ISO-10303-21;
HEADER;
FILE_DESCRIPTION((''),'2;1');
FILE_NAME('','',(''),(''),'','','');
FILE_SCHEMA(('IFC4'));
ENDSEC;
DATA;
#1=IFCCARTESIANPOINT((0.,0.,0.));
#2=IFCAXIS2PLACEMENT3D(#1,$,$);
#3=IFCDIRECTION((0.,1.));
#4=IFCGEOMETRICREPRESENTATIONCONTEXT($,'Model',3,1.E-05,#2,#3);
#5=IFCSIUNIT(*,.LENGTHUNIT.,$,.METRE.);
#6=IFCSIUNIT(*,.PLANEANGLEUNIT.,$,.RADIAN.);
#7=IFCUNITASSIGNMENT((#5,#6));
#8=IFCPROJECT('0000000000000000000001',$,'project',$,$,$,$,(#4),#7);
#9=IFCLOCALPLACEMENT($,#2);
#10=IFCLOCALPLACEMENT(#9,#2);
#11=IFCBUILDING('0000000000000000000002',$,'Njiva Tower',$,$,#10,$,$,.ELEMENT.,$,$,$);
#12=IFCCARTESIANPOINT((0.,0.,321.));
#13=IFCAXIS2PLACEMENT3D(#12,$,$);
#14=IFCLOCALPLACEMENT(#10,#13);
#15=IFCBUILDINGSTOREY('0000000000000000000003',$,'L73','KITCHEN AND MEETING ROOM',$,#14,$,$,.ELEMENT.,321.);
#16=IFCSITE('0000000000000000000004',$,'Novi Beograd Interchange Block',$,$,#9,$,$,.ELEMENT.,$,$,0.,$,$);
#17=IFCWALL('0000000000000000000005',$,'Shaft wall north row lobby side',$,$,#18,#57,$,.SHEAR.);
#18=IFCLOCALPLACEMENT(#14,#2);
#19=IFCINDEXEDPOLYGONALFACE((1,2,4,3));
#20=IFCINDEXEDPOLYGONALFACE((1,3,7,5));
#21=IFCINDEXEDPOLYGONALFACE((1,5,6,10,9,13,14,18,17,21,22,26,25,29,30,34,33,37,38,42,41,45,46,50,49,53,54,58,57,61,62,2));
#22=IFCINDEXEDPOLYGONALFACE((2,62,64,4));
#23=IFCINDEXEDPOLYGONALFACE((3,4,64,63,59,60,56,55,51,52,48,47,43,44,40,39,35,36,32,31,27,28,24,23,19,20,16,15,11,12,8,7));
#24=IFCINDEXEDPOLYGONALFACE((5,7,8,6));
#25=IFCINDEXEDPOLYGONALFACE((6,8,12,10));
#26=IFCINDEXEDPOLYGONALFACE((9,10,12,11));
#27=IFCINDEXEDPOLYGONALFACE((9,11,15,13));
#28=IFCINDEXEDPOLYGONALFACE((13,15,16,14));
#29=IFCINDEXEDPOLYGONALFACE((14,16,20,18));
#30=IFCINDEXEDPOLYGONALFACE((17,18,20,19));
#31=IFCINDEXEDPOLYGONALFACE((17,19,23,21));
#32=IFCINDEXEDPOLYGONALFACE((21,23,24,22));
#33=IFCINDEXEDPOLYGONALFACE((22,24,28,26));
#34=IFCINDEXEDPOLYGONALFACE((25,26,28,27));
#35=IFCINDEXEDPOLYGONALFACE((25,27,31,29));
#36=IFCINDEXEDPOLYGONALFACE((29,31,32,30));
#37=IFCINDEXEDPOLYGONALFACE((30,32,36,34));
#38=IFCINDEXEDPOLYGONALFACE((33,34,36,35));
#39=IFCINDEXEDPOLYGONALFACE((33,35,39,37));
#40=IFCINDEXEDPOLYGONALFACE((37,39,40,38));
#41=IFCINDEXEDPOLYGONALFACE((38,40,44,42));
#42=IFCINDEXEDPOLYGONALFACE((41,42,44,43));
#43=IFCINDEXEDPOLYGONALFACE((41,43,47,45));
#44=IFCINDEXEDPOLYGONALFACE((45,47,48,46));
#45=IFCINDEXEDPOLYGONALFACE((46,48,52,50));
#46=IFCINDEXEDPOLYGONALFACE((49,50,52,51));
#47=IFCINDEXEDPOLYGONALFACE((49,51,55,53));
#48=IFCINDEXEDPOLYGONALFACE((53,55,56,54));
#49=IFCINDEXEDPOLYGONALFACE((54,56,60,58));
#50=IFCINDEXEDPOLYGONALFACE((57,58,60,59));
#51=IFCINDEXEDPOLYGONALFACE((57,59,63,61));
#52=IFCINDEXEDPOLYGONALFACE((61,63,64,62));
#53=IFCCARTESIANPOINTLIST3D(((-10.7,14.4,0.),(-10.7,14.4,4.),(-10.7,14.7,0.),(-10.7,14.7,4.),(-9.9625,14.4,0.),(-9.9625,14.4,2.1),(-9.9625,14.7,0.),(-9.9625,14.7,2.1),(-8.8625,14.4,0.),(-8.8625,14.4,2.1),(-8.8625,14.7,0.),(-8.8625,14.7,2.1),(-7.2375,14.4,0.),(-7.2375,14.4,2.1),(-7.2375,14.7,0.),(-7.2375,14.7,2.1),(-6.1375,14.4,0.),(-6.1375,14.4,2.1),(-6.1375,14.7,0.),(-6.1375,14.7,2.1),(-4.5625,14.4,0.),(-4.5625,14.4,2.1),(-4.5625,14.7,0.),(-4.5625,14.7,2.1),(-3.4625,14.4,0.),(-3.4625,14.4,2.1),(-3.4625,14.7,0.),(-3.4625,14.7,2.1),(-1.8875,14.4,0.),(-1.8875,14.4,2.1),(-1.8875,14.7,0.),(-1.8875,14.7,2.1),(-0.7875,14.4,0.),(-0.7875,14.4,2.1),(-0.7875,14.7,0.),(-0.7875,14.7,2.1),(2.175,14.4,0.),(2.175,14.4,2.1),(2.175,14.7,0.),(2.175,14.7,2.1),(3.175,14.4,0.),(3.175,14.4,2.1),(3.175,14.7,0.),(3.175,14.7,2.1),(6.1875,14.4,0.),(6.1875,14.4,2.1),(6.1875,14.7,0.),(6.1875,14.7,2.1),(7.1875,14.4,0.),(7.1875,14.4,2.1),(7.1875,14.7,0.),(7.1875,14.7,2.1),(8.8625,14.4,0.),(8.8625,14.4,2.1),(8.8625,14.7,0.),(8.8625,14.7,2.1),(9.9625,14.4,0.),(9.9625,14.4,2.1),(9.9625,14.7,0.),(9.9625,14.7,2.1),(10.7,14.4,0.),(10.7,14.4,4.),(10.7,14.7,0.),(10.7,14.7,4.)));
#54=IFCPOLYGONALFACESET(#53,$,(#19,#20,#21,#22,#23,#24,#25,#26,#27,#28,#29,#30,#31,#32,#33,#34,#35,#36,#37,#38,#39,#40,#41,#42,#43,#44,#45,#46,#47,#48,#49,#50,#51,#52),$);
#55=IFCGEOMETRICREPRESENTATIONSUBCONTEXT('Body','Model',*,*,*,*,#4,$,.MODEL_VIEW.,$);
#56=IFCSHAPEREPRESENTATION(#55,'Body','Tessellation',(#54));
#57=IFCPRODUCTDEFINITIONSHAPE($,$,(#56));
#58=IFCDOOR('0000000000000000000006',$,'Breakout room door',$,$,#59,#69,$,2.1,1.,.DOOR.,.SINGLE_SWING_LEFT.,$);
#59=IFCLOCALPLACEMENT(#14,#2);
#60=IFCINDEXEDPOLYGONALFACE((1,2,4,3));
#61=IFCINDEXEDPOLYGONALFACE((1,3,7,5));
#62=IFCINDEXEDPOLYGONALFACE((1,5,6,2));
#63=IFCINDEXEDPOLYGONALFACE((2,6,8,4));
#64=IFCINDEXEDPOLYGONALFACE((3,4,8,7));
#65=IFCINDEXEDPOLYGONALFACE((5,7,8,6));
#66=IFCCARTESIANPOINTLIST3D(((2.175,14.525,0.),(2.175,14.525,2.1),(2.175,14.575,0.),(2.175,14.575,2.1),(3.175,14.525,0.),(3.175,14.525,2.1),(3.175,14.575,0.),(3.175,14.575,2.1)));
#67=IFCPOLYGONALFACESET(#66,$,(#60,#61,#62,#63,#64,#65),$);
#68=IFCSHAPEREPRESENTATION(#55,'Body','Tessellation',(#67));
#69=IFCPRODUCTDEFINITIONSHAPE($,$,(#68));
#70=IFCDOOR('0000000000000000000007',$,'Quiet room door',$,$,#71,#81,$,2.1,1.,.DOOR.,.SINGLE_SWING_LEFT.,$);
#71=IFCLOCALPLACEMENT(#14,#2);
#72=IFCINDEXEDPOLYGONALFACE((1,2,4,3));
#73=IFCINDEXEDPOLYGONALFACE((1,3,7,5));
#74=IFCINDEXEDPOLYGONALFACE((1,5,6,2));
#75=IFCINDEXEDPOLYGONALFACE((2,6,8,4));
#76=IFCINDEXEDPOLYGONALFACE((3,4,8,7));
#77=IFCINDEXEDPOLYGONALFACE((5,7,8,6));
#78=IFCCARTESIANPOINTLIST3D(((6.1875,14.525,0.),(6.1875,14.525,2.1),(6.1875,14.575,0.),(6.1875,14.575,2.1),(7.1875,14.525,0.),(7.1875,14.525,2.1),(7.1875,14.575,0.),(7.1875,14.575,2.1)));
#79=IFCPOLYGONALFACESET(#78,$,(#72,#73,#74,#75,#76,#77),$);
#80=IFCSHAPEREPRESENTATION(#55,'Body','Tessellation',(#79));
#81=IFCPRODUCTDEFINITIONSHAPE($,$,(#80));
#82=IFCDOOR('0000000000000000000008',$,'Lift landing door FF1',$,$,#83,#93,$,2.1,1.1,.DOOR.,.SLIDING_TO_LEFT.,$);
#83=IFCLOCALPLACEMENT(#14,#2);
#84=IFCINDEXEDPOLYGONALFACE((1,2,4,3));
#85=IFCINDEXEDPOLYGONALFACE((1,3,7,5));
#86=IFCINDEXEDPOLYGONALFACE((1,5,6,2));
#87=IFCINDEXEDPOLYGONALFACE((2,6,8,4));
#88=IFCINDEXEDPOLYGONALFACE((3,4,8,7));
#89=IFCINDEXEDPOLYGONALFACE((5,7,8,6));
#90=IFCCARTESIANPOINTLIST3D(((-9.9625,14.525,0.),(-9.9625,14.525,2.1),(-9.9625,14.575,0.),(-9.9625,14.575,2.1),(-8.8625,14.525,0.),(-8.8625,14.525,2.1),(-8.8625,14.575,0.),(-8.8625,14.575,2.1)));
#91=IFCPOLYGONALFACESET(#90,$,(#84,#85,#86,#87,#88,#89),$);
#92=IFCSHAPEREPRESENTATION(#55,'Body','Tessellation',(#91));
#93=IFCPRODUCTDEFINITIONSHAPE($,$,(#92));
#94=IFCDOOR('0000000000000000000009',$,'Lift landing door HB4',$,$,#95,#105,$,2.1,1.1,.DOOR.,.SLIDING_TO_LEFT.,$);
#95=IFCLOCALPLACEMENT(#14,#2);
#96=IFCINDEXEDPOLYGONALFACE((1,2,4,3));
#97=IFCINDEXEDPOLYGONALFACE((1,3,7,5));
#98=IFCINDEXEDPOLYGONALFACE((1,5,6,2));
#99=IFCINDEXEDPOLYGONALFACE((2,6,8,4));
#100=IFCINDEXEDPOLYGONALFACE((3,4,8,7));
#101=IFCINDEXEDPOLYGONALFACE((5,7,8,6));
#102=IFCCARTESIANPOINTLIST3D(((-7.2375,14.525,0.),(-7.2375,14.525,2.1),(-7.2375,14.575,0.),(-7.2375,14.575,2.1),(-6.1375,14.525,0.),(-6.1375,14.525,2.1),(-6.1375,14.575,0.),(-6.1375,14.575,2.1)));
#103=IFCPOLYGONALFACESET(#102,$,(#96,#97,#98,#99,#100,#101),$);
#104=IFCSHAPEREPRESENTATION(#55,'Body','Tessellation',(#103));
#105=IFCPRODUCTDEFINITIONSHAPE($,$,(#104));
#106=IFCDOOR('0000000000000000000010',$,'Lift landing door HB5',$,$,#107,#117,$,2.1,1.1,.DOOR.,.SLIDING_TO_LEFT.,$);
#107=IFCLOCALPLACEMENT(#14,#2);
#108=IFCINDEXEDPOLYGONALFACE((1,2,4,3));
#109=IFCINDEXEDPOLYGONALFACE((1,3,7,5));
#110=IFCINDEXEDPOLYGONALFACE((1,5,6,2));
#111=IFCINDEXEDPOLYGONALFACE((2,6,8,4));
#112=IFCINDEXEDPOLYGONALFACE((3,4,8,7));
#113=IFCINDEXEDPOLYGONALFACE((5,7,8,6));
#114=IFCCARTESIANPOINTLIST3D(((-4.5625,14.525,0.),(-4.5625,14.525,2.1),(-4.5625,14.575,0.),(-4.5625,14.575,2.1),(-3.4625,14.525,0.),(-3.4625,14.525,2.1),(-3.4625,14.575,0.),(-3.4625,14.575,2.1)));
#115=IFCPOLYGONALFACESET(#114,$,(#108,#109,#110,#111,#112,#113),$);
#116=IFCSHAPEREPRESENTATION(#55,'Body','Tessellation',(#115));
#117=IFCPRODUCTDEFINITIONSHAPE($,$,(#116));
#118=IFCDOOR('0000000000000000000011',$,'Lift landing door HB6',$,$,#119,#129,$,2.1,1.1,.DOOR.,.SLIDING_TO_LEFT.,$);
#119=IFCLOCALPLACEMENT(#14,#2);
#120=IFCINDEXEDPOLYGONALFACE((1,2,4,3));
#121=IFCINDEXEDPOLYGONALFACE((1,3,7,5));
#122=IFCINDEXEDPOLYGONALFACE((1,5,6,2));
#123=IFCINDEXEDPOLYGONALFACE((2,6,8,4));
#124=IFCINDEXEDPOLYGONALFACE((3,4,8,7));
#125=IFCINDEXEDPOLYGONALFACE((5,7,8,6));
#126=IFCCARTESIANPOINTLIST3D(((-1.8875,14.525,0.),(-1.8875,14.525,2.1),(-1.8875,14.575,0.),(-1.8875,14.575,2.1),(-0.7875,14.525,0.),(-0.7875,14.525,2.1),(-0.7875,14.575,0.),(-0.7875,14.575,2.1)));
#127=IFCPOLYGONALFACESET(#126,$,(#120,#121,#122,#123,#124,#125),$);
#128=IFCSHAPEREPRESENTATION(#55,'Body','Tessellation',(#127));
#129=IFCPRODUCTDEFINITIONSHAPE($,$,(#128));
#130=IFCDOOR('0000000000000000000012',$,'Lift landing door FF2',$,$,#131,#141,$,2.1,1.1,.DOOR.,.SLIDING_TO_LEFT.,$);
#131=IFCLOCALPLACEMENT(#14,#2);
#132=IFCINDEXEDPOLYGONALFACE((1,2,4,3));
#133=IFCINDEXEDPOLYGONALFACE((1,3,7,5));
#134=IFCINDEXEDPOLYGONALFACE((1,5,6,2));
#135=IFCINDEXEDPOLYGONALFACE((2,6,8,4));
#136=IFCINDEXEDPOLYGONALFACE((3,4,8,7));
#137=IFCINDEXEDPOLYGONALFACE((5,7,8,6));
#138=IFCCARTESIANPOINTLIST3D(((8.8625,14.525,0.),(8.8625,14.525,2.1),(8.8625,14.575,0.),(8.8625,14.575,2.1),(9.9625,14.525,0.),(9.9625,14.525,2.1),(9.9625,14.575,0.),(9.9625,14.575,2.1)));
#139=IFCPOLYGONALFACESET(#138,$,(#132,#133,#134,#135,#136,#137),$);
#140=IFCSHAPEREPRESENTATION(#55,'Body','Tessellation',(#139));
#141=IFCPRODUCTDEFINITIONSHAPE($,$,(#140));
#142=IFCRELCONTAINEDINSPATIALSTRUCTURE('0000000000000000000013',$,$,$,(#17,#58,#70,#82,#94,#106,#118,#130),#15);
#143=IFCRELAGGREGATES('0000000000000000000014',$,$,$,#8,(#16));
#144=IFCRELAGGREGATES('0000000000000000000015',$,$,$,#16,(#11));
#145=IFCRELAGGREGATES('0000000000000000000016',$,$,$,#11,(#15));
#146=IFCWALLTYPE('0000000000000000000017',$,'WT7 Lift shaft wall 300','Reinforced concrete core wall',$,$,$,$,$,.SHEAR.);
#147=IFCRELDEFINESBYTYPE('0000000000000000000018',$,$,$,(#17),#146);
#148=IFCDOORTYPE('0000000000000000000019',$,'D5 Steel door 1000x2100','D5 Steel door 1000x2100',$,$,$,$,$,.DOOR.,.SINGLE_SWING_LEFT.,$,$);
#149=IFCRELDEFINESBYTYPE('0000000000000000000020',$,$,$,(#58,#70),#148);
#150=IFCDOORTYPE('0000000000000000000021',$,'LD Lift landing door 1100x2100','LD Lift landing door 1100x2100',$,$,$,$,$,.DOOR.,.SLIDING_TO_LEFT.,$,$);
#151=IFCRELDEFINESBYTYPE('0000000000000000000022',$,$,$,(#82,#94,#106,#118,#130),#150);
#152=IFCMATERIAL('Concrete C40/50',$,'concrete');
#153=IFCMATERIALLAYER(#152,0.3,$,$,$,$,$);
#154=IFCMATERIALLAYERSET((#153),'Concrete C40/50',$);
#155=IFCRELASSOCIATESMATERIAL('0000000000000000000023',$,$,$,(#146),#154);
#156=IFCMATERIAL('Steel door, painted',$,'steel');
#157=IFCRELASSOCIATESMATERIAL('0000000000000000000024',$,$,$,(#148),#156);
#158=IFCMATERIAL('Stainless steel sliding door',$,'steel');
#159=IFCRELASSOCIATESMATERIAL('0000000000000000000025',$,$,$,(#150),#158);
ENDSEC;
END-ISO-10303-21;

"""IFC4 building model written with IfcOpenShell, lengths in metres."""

from ifc_helpers import new_model, si_unit, direction, frame, frame_2d, origin, place, context, subcontext, project, spatial, rectangle, extrude, material, layer, layer_set, type_object, element, fill, save


model = new_model("IFC4")

# Units and contexts
model_context = context("Model", 3, precision=1e-05, world=origin(), true_north=direction((0.0, 1.0)))
body_context = subcontext(model_context, "Body", "Model", "MODEL_VIEW")
ifc_project = project(units=[si_unit("LENGTHUNIT", "METRE"), si_unit("PLANEANGLEUNIT", "RADIAN")], contexts=[model_context])

# Site, building, storey
site_placement = place(None, origin())
site = spatial("IfcSite", under=ifc_project, at=site_placement, Name="Novi Beograd Interchange Block", CompositionType="ELEMENT", RefElevation=0.0)
building_placement = place(site_placement, origin())
building = spatial("IfcBuilding", under=site, at=building_placement, Name="Njiva Tower", CompositionType="ELEMENT")
storey_placement = place(building_placement, frame((0.0, 0.0, 321.0)))
storey = spatial("IfcBuildingStorey", under=building, at=storey_placement, Name="L73", Description="KITCHEN AND MEETING ROOM", CompositionType="ELEMENT", Elevation=321.0)

# Shared definitions
ifc_material_1 = material(Name="Concrete C40/50", Category="concrete")

# Wall, openings, doors
ifc_layer_1 = layer(ifc_material_1, 0.3)
ifc_layer_set_1 = layer_set([ifc_layer_1], Name="Concrete C40/50")
wall_type_1 = type_object("IfcWallType", Name="WT7 Lift shaft wall 300", Description="Reinforced concrete core wall", PredefinedType="SHEAR", material=ifc_layer_set_1)
wall_1_placement = place(storey_placement, frame((-10.7, 14.55, 0.0), z_axis=(0.0, 0.0, 1.0), x_axis=(1.0, 0.0, 0.0)))
wall_1 = element("IfcWall", 1, at=wall_1_placement, inside=storey, type_object=wall_type_1, Name="Shaft wall north row lobby side", PredefinedType="SHEAR", context=body_context, shape_type="SweptSolid", body=[
    extrude(rectangle(XDim=21.4, YDim=0.3, at=frame_2d((10.7, 0.0))), origin(), (0.0, 0.0, 1.0), 4.0),
])
opening_1_placement = place(wall_1_placement, frame((0.7375, 0.0, 0.0)))
opening_1 = element("IfcOpeningElement", 2, at=opening_1_placement, cuts=wall_1, PredefinedType="OPENING", context=body_context, shape_type="SweptSolid", body=[
    extrude(rectangle(XDim=1.1, YDim=2.1, at=frame_2d((0.55, 1.05))), frame((0.0, 0.16, 0.0), z_axis=(0.0, -1.0, 0.0), x_axis=(1.0, 0.0, 0.0)), (0.0, 0.0, 1.0), 0.32),
])
opening_2_placement = place(wall_1_placement, frame((3.4625, 0.0, 0.0)))
opening_2 = element("IfcOpeningElement", 3, at=opening_2_placement, cuts=wall_1, PredefinedType="OPENING", context=body_context, shape_type="SweptSolid", body=[
    extrude(rectangle(XDim=1.1, YDim=2.1, at=frame_2d((0.55, 1.05))), frame((0.0, 0.16, 0.0), z_axis=(0.0, -1.0, 0.0), x_axis=(1.0, 0.0, 0.0)), (0.0, 0.0, 1.0), 0.32),
])
opening_3_placement = place(wall_1_placement, frame((6.1375, 0.0, 0.0)))
opening_3 = element("IfcOpeningElement", 4, at=opening_3_placement, cuts=wall_1, PredefinedType="OPENING", context=body_context, shape_type="SweptSolid", body=[
    extrude(rectangle(XDim=1.1, YDim=2.1, at=frame_2d((0.55, 1.05))), frame((0.0, 0.16, 0.0), z_axis=(0.0, -1.0, 0.0), x_axis=(1.0, 0.0, 0.0)), (0.0, 0.0, 1.0), 0.32),
])
opening_4_placement = place(wall_1_placement, frame((8.8125, 0.0, 0.0)))
opening_4 = element("IfcOpeningElement", 5, at=opening_4_placement, cuts=wall_1, PredefinedType="OPENING", context=body_context, shape_type="SweptSolid", body=[
    extrude(rectangle(XDim=1.1, YDim=2.1, at=frame_2d((0.55, 1.05))), frame((0.0, 0.16, 0.0), z_axis=(0.0, -1.0, 0.0), x_axis=(1.0, 0.0, 0.0)), (0.0, 0.0, 1.0), 0.32),
])
opening_5_placement = place(wall_1_placement, frame((19.5625, 0.0, 0.0)))
opening_5 = element("IfcOpeningElement", 6, at=opening_5_placement, cuts=wall_1, PredefinedType="OPENING", context=body_context, shape_type="SweptSolid", body=[
    extrude(rectangle(XDim=1.1, YDim=2.1, at=frame_2d((0.55, 1.05))), frame((0.0, 0.16, 0.0), z_axis=(0.0, -1.0, 0.0), x_axis=(1.0, 0.0, 0.0)), (0.0, 0.0, 1.0), 0.32),
])
opening_6_placement = place(wall_1_placement, frame((12.875, 0.0, 0.0)))
opening_6 = element("IfcOpeningElement", 7, at=opening_6_placement, cuts=wall_1, PredefinedType="OPENING", context=body_context, shape_type="SweptSolid", body=[
    extrude(rectangle(XDim=1.0, YDim=2.1, at=frame_2d((0.5, 1.05))), frame((0.0, 0.16, 0.0), z_axis=(0.0, -1.0, 0.0), x_axis=(1.0, 0.0, 0.0)), (0.0, 0.0, 1.0), 0.32),
])
opening_7_placement = place(wall_1_placement, frame((16.8875, 0.0, 0.0)))
opening_7 = element("IfcOpeningElement", 8, at=opening_7_placement, cuts=wall_1, PredefinedType="OPENING", context=body_context, shape_type="SweptSolid", body=[
    extrude(rectangle(XDim=1.0, YDim=2.1, at=frame_2d((0.5, 1.05))), frame((0.0, 0.16, 0.0), z_axis=(0.0, -1.0, 0.0), x_axis=(1.0, 0.0, 0.0)), (0.0, 0.0, 1.0), 0.32),
])
ifc_material_2 = material(Name="Steel door, painted", Category="steel")
door_type_1 = type_object("IfcDoorType", Name="D5 Steel door 1000x2100", Description="D5 Steel door 1000x2100", OperationType="SINGLE_SWING_LEFT", PredefinedType="DOOR", material=ifc_material_2)
door_1_placement = place(opening_6_placement, origin())
door_1 = element("IfcDoor", 9, at=door_1_placement, inside=storey, type_object=door_type_1, Name="Breakout room door", OperationType="SINGLE_SWING_LEFT", OverallHeight=2.1, OverallWidth=1.0, PredefinedType="DOOR", context=body_context, shape_type="SweptSolid", body=[
    extrude(rectangle(XDim=1.0, YDim=2.1, at=frame_2d((0.5, 1.05))), frame((0.0, 0.025, 0.0), z_axis=(0.0, -1.0, 0.0), x_axis=(1.0, 0.0, 0.0)), (0.0, 0.0, 1.0), 0.05),
])
fill(opening_6, door_1)
door_2_placement = place(opening_7_placement, origin())
door_2 = element("IfcDoor", 10, at=door_2_placement, inside=storey, type_object=door_type_1, Name="Quiet room door", OperationType="SINGLE_SWING_LEFT", OverallHeight=2.1, OverallWidth=1.0, PredefinedType="DOOR", context=body_context, shape_type="SweptSolid", body=[
    extrude(rectangle(XDim=1.0, YDim=2.1, at=frame_2d((0.5, 1.05))), frame((0.0, 0.025, 0.0), z_axis=(0.0, -1.0, 0.0), x_axis=(1.0, 0.0, 0.0)), (0.0, 0.0, 1.0), 0.05),
])
fill(opening_7, door_2)
ifc_material_3 = material(Name="Stainless steel sliding door", Category="steel")
door_type_2 = type_object("IfcDoorType", Name="LD Lift landing door 1100x2100", Description="LD Lift landing door 1100x2100", OperationType="SLIDING_TO_LEFT", PredefinedType="DOOR", material=ifc_material_3)
door_3_placement = place(opening_1_placement, origin())
door_3 = element("IfcDoor", 11, at=door_3_placement, inside=storey, type_object=door_type_2, Name="Lift landing door FF1", OperationType="SLIDING_TO_LEFT", OverallHeight=2.1, OverallWidth=1.1, PredefinedType="DOOR", context=body_context, shape_type="SweptSolid", body=[
    extrude(rectangle(XDim=1.1, YDim=2.1, at=frame_2d((0.55, 1.05))), frame((0.0, 0.025, 0.0), z_axis=(0.0, -1.0, 0.0), x_axis=(1.0, 0.0, 0.0)), (0.0, 0.0, 1.0), 0.05),
])
fill(opening_1, door_3)
door_4_placement = place(opening_2_placement, origin())
door_4 = element("IfcDoor", 12, at=door_4_placement, inside=storey, type_object=door_type_2, Name="Lift landing door HB4", OperationType="SLIDING_TO_LEFT", OverallHeight=2.1, OverallWidth=1.1, PredefinedType="DOOR", context=body_context, shape_type="SweptSolid", body=[
    extrude(rectangle(XDim=1.1, YDim=2.1, at=frame_2d((0.55, 1.05))), frame((0.0, 0.025, 0.0), z_axis=(0.0, -1.0, 0.0), x_axis=(1.0, 0.0, 0.0)), (0.0, 0.0, 1.0), 0.05),
])
fill(opening_2, door_4)
door_5_placement = place(opening_3_placement, origin())
door_5 = element("IfcDoor", 13, at=door_5_placement, inside=storey, type_object=door_type_2, Name="Lift landing door HB5", OperationType="SLIDING_TO_LEFT", OverallHeight=2.1, OverallWidth=1.1, PredefinedType="DOOR", context=body_context, shape_type="SweptSolid", body=[
    extrude(rectangle(XDim=1.1, YDim=2.1, at=frame_2d((0.55, 1.05))), frame((0.0, 0.025, 0.0), z_axis=(0.0, -1.0, 0.0), x_axis=(1.0, 0.0, 0.0)), (0.0, 0.0, 1.0), 0.05),
])
fill(opening_3, door_5)
door_6_placement = place(opening_4_placement, origin())
door_6 = element("IfcDoor", 14, at=door_6_placement, inside=storey, type_object=door_type_2, Name="Lift landing door HB6", OperationType="SLIDING_TO_LEFT", OverallHeight=2.1, OverallWidth=1.1, PredefinedType="DOOR", context=body_context, shape_type="SweptSolid", body=[
    extrude(rectangle(XDim=1.1, YDim=2.1, at=frame_2d((0.55, 1.05))), frame((0.0, 0.025, 0.0), z_axis=(0.0, -1.0, 0.0), x_axis=(1.0, 0.0, 0.0)), (0.0, 0.0, 1.0), 0.05),
])
fill(opening_4, door_6)
door_7_placement = place(opening_5_placement, origin())
door_7 = element("IfcDoor", 15, at=door_7_placement, inside=storey, type_object=door_type_2, Name="Lift landing door FF2", OperationType="SLIDING_TO_LEFT", OverallHeight=2.1, OverallWidth=1.1, PredefinedType="DOOR", context=body_context, shape_type="SweptSolid", body=[
    extrude(rectangle(XDim=1.1, YDim=2.1, at=frame_2d((0.55, 1.05))), frame((0.0, 0.025, 0.0), z_axis=(0.0, -1.0, 0.0), x_axis=(1.0, 0.0, 0.0)), (0.0, 0.0, 1.0), 0.05),
])
fill(opening_5, door_7)

save(model, "model.ifc")
